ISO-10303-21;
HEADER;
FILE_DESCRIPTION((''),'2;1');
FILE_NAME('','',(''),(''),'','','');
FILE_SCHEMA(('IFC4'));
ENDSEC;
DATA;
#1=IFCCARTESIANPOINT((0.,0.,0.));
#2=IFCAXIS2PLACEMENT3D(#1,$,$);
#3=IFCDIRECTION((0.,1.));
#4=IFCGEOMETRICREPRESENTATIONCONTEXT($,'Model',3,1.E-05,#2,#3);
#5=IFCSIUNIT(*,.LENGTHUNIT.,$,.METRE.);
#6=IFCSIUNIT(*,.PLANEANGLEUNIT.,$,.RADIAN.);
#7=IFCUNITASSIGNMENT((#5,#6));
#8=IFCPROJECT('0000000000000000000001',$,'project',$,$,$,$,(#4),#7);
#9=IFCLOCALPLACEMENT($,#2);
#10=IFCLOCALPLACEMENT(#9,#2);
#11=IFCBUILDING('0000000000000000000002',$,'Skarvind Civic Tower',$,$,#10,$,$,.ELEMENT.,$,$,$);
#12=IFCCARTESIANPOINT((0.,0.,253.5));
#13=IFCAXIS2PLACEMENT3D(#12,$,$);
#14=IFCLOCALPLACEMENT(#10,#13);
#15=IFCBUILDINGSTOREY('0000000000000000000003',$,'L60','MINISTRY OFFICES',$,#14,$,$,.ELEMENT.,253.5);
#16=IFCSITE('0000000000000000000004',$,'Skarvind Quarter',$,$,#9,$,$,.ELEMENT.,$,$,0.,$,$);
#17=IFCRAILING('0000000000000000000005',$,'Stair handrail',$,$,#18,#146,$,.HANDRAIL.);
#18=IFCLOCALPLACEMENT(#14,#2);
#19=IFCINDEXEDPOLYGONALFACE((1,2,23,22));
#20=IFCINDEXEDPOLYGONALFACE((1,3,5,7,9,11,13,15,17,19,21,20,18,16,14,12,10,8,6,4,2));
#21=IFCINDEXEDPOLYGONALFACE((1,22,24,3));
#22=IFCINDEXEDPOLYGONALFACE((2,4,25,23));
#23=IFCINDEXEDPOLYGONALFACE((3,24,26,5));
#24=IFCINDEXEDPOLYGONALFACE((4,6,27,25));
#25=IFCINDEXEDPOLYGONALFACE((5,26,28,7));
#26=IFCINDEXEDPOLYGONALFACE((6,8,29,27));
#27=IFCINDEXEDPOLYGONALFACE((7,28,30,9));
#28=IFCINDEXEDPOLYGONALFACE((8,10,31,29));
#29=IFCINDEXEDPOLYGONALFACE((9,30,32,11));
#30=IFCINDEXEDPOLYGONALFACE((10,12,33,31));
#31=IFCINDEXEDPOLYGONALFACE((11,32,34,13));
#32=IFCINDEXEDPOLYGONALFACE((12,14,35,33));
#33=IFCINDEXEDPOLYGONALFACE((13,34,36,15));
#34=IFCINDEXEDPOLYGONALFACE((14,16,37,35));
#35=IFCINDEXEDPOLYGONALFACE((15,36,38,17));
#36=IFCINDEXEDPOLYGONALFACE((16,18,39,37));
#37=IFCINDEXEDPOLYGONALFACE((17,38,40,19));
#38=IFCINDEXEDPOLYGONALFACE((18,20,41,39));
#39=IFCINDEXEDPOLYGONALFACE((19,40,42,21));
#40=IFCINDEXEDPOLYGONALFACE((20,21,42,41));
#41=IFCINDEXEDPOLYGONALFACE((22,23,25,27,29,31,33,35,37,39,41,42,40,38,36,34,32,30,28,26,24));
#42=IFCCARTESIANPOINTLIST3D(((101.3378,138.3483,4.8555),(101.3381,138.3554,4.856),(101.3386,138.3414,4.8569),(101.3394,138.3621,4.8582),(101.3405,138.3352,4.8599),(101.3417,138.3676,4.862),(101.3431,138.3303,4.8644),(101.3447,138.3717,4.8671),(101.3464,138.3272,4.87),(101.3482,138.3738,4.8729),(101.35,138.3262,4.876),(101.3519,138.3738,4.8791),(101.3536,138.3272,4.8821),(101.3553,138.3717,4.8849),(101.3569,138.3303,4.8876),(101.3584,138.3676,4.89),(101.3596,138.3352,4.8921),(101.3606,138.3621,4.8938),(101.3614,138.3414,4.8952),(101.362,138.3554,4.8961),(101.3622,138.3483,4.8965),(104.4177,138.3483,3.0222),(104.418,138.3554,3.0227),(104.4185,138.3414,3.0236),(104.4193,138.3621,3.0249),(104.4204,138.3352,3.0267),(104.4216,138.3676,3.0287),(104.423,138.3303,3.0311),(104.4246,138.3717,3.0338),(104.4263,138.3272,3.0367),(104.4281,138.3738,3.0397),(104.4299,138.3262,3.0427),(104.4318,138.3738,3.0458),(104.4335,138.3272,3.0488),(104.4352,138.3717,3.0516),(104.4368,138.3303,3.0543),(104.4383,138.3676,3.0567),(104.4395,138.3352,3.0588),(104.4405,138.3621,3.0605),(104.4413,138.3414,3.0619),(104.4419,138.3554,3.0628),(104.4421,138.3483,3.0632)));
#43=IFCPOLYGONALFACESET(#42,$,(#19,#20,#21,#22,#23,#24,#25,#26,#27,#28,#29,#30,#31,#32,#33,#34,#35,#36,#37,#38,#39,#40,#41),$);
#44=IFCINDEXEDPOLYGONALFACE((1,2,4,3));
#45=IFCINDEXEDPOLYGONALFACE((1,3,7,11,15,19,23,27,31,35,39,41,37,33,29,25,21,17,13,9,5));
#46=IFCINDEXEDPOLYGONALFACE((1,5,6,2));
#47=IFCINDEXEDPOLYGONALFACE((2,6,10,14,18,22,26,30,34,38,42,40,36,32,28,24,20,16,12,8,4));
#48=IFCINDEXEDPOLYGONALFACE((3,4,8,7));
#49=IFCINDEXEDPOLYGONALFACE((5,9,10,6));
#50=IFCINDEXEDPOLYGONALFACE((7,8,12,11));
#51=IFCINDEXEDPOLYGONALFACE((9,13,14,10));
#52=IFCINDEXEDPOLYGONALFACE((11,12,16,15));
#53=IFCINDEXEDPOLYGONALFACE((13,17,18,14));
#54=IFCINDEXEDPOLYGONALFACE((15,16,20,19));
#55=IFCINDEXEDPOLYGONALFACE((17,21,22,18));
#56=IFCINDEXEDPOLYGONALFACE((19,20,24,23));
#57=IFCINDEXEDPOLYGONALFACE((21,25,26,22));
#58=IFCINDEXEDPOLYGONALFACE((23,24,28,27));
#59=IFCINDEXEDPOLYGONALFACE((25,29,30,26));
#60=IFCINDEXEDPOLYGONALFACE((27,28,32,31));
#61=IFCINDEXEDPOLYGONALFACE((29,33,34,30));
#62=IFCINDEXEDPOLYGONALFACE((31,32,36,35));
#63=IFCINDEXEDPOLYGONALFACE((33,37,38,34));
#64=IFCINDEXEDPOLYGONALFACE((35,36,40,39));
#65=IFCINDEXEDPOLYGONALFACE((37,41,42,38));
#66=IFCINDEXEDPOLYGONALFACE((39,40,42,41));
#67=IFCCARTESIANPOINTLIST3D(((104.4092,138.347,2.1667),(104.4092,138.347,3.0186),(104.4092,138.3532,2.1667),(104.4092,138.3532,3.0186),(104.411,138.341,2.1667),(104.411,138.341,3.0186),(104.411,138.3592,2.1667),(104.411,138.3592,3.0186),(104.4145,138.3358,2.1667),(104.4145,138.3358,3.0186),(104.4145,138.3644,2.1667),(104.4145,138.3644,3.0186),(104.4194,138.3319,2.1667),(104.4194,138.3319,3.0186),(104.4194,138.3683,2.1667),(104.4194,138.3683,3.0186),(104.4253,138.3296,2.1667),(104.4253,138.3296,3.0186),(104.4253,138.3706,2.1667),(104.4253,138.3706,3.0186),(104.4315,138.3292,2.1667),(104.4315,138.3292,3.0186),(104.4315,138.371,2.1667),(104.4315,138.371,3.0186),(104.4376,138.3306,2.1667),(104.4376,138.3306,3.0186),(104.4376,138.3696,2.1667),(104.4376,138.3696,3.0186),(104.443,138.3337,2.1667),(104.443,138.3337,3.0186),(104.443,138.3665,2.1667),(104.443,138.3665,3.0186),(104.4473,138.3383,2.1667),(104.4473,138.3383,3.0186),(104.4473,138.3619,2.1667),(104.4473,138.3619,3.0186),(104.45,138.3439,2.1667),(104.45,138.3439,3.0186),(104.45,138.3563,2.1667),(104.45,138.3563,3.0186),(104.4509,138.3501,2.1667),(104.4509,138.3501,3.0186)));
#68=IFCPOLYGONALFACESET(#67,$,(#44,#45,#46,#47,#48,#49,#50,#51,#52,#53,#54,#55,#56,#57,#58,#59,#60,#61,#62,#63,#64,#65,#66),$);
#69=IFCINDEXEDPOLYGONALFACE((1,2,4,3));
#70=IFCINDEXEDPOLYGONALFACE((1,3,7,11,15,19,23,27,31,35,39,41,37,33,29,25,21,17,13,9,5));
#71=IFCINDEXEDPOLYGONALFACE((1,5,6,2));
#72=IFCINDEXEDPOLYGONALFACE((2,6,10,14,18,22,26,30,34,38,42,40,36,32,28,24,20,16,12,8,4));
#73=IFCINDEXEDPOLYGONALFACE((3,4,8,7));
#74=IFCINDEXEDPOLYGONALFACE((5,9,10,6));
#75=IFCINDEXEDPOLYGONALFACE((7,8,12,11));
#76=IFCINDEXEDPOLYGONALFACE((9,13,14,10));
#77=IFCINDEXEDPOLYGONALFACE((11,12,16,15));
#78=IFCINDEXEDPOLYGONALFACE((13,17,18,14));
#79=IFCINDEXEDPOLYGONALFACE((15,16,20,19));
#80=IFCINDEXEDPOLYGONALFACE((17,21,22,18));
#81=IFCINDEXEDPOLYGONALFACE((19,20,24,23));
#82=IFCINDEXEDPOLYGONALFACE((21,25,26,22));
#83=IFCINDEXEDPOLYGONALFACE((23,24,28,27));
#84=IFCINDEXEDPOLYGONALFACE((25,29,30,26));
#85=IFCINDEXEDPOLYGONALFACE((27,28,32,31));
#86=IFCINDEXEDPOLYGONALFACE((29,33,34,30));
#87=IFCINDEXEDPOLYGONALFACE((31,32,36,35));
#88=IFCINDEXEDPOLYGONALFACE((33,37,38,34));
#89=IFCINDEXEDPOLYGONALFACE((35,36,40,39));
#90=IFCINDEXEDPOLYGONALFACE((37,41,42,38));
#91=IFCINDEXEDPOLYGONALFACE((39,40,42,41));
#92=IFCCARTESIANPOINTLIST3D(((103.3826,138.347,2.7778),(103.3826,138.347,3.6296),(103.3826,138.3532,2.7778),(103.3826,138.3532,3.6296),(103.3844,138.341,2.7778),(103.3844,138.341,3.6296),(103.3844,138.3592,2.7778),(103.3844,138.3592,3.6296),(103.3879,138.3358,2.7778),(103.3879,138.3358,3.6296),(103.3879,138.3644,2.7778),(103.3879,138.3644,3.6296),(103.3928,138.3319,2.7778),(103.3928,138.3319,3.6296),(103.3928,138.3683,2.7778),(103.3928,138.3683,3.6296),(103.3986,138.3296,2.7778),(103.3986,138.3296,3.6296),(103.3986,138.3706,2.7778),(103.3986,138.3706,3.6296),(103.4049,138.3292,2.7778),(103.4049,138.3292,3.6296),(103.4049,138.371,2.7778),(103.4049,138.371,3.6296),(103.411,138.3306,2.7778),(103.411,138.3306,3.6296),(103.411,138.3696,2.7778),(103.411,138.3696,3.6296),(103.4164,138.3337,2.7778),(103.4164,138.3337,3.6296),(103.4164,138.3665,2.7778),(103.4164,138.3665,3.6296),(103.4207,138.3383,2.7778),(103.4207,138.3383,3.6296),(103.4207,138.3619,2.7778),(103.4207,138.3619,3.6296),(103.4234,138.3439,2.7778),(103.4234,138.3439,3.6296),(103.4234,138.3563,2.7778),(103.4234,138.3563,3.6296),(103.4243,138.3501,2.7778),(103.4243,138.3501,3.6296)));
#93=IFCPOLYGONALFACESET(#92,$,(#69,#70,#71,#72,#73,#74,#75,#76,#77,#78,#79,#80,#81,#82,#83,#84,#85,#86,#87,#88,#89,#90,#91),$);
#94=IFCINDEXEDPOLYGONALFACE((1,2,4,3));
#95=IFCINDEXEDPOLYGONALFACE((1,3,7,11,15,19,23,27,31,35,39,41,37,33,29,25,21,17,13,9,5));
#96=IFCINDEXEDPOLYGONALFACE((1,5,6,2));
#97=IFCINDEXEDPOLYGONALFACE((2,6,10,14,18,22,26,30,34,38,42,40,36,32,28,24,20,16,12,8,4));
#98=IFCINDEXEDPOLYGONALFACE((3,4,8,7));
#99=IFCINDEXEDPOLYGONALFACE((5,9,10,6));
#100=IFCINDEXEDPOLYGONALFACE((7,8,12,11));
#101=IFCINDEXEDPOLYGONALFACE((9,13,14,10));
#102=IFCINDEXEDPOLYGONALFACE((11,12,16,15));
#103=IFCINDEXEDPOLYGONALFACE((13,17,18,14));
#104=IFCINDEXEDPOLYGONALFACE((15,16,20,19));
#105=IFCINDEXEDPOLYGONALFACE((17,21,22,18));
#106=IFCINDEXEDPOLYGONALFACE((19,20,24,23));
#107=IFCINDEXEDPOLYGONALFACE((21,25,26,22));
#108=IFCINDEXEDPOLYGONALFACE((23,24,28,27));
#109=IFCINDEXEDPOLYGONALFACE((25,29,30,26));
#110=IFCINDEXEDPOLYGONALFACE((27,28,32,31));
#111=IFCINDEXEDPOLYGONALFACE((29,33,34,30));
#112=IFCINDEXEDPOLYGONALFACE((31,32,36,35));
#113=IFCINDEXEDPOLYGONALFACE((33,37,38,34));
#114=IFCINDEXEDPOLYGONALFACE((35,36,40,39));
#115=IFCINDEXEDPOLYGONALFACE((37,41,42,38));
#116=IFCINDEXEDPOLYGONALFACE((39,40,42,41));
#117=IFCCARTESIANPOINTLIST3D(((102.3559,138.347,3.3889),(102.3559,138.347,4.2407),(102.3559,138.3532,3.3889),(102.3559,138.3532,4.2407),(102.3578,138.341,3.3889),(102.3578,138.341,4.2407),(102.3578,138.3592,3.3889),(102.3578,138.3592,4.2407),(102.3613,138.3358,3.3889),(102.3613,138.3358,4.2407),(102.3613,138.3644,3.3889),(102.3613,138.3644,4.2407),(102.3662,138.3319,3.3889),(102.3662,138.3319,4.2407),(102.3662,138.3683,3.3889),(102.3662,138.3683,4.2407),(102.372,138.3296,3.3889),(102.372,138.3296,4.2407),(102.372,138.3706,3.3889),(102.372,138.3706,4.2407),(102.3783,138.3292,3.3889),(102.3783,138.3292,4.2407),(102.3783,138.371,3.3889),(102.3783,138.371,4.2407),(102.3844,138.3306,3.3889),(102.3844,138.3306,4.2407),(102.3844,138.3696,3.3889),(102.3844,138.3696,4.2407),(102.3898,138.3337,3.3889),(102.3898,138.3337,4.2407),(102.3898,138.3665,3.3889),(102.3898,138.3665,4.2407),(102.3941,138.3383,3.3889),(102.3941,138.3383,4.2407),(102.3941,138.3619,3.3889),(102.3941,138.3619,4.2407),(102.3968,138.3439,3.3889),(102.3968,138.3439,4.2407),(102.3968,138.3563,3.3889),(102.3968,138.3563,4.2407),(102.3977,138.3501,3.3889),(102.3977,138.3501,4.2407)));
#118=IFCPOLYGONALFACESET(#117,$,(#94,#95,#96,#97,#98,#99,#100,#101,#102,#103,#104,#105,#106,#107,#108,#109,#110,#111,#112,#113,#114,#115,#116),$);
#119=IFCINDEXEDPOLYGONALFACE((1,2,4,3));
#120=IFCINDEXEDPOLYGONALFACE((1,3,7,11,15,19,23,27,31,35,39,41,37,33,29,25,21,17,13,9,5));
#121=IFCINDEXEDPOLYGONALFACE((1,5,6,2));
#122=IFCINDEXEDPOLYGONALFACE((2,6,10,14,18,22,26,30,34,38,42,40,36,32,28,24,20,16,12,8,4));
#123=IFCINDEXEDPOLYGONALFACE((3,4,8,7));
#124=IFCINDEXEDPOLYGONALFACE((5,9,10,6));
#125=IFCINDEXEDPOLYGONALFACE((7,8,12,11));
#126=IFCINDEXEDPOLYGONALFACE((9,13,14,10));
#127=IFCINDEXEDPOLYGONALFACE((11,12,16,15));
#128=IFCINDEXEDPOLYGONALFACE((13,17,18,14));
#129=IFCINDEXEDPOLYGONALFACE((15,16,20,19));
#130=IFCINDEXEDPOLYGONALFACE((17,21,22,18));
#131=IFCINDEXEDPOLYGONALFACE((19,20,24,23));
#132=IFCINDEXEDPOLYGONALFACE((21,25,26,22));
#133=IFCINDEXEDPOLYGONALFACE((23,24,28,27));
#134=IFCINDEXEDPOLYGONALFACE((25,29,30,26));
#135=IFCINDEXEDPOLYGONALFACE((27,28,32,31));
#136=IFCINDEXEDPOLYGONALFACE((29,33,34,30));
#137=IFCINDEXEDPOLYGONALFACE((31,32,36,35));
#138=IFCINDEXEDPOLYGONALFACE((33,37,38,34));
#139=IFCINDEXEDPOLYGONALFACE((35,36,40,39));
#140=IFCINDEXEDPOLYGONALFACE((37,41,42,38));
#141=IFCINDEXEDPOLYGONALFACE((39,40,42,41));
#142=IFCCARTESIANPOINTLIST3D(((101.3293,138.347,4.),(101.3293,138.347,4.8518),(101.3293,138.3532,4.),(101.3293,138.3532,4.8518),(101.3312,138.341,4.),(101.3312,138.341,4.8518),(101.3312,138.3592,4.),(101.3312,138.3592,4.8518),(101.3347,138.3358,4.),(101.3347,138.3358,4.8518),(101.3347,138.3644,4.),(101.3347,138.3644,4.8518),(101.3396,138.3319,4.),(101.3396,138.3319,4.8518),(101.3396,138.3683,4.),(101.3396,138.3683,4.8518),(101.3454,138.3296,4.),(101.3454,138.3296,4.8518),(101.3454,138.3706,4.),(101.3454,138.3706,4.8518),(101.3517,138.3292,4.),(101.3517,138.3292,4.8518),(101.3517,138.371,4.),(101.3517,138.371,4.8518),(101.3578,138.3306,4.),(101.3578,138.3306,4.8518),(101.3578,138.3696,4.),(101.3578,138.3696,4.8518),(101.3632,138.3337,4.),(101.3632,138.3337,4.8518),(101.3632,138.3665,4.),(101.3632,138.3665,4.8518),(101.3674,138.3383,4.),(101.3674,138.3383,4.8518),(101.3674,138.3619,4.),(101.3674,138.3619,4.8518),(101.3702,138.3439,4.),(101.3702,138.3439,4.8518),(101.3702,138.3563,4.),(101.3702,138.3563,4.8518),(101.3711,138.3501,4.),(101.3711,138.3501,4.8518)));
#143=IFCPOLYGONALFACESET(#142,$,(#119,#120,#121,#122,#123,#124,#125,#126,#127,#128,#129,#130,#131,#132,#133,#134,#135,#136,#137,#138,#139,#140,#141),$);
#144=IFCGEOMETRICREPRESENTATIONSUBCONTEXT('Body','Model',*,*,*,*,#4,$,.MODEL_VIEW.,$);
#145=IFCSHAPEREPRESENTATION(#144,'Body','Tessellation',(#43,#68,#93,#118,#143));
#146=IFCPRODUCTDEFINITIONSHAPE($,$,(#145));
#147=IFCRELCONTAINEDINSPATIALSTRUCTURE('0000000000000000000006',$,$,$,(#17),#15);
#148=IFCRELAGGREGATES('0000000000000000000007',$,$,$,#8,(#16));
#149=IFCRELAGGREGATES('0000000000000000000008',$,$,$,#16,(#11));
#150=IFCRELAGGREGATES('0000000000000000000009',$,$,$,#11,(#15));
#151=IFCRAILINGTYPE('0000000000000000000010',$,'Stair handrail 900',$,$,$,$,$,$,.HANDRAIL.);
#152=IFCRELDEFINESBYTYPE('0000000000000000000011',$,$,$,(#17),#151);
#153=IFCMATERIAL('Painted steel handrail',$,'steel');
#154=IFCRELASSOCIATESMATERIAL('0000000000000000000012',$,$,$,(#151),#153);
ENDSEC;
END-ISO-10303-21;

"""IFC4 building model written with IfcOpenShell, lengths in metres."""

from ifc_helpers import new_model, si_unit, direction, frame, origin, origin_2d, place, context, subcontext, project, spatial, circle, extrude, material, type_object, element, save


model = new_model("IFC4")

# Units and contexts
model_context = context("Model", 3, precision=1e-05, world=origin(), true_north=direction((0.0, 1.0)))
body_context = subcontext(model_context, "Body", "Model", "MODEL_VIEW")
ifc_project = project(units=[si_unit("LENGTHUNIT", "METRE"), si_unit("PLANEANGLEUNIT", "RADIAN")], contexts=[model_context])

# Site, building, storey
site_placement = place(None, origin())
site = spatial("IfcSite", under=ifc_project, at=site_placement, Name="Skarvind Quarter", CompositionType="ELEMENT", RefElevation=0.0)
building_placement = place(site_placement, origin())
building = spatial("IfcBuilding", under=site, at=building_placement, Name="Skarvind Civic Tower", CompositionType="ELEMENT")
storey_placement = place(building_placement, frame((0.0, 0.0, 253.5)))
storey = spatial("IfcBuildingStorey", under=building, at=storey_placement, Name="L60", Description="MINISTRY OFFICES", CompositionType="ELEMENT", Elevation=253.5)

# Railing
ifc_material_1 = material(Name="Painted steel handrail", Category="steel")
railing_type = type_object("IfcRailingType", Name="Stair handrail 900", PredefinedType="HANDRAIL", material=ifc_material_1)
railing_1_placement = place(storey_placement, frame((104.4299, 138.3501, 2.1667)))
element("IfcRailing", 1, at=railing_1_placement, inside=storey, type_object=railing_type, Name="Stair handrail", PredefinedType="HANDRAIL", context=body_context, shape_type="SweptSolid", body=[
    extrude(circle(Radius=0.0239, at=origin_2d()), frame((0.0, 0.0, 0.876), z_axis=(-0.859291, 0.0, 0.511487), x_axis=(0.0, -1.0, 0.0)), (0.0, 0.0, 1.0), 3.5842),
    extrude(circle(Radius=0.021, at=origin_2d()), origin(), (0.0, 0.0, 1.0), 0.8518),
    extrude(circle(Radius=0.021, at=origin_2d()), frame((-1.0266, 0.0, 0.6111)), (0.0, 0.0, 1.0), 0.8518),
    extrude(circle(Radius=0.021, at=origin_2d()), frame((-2.0532, 0.0, 1.2222)), (0.0, 0.0, 1.0), 0.8518),
    extrude(circle(Radius=0.021, at=origin_2d()), frame((-3.0798, 0.0, 1.8333)), (0.0, 0.0, 1.0), 0.8518),
])

save(model, "model.ifc")
